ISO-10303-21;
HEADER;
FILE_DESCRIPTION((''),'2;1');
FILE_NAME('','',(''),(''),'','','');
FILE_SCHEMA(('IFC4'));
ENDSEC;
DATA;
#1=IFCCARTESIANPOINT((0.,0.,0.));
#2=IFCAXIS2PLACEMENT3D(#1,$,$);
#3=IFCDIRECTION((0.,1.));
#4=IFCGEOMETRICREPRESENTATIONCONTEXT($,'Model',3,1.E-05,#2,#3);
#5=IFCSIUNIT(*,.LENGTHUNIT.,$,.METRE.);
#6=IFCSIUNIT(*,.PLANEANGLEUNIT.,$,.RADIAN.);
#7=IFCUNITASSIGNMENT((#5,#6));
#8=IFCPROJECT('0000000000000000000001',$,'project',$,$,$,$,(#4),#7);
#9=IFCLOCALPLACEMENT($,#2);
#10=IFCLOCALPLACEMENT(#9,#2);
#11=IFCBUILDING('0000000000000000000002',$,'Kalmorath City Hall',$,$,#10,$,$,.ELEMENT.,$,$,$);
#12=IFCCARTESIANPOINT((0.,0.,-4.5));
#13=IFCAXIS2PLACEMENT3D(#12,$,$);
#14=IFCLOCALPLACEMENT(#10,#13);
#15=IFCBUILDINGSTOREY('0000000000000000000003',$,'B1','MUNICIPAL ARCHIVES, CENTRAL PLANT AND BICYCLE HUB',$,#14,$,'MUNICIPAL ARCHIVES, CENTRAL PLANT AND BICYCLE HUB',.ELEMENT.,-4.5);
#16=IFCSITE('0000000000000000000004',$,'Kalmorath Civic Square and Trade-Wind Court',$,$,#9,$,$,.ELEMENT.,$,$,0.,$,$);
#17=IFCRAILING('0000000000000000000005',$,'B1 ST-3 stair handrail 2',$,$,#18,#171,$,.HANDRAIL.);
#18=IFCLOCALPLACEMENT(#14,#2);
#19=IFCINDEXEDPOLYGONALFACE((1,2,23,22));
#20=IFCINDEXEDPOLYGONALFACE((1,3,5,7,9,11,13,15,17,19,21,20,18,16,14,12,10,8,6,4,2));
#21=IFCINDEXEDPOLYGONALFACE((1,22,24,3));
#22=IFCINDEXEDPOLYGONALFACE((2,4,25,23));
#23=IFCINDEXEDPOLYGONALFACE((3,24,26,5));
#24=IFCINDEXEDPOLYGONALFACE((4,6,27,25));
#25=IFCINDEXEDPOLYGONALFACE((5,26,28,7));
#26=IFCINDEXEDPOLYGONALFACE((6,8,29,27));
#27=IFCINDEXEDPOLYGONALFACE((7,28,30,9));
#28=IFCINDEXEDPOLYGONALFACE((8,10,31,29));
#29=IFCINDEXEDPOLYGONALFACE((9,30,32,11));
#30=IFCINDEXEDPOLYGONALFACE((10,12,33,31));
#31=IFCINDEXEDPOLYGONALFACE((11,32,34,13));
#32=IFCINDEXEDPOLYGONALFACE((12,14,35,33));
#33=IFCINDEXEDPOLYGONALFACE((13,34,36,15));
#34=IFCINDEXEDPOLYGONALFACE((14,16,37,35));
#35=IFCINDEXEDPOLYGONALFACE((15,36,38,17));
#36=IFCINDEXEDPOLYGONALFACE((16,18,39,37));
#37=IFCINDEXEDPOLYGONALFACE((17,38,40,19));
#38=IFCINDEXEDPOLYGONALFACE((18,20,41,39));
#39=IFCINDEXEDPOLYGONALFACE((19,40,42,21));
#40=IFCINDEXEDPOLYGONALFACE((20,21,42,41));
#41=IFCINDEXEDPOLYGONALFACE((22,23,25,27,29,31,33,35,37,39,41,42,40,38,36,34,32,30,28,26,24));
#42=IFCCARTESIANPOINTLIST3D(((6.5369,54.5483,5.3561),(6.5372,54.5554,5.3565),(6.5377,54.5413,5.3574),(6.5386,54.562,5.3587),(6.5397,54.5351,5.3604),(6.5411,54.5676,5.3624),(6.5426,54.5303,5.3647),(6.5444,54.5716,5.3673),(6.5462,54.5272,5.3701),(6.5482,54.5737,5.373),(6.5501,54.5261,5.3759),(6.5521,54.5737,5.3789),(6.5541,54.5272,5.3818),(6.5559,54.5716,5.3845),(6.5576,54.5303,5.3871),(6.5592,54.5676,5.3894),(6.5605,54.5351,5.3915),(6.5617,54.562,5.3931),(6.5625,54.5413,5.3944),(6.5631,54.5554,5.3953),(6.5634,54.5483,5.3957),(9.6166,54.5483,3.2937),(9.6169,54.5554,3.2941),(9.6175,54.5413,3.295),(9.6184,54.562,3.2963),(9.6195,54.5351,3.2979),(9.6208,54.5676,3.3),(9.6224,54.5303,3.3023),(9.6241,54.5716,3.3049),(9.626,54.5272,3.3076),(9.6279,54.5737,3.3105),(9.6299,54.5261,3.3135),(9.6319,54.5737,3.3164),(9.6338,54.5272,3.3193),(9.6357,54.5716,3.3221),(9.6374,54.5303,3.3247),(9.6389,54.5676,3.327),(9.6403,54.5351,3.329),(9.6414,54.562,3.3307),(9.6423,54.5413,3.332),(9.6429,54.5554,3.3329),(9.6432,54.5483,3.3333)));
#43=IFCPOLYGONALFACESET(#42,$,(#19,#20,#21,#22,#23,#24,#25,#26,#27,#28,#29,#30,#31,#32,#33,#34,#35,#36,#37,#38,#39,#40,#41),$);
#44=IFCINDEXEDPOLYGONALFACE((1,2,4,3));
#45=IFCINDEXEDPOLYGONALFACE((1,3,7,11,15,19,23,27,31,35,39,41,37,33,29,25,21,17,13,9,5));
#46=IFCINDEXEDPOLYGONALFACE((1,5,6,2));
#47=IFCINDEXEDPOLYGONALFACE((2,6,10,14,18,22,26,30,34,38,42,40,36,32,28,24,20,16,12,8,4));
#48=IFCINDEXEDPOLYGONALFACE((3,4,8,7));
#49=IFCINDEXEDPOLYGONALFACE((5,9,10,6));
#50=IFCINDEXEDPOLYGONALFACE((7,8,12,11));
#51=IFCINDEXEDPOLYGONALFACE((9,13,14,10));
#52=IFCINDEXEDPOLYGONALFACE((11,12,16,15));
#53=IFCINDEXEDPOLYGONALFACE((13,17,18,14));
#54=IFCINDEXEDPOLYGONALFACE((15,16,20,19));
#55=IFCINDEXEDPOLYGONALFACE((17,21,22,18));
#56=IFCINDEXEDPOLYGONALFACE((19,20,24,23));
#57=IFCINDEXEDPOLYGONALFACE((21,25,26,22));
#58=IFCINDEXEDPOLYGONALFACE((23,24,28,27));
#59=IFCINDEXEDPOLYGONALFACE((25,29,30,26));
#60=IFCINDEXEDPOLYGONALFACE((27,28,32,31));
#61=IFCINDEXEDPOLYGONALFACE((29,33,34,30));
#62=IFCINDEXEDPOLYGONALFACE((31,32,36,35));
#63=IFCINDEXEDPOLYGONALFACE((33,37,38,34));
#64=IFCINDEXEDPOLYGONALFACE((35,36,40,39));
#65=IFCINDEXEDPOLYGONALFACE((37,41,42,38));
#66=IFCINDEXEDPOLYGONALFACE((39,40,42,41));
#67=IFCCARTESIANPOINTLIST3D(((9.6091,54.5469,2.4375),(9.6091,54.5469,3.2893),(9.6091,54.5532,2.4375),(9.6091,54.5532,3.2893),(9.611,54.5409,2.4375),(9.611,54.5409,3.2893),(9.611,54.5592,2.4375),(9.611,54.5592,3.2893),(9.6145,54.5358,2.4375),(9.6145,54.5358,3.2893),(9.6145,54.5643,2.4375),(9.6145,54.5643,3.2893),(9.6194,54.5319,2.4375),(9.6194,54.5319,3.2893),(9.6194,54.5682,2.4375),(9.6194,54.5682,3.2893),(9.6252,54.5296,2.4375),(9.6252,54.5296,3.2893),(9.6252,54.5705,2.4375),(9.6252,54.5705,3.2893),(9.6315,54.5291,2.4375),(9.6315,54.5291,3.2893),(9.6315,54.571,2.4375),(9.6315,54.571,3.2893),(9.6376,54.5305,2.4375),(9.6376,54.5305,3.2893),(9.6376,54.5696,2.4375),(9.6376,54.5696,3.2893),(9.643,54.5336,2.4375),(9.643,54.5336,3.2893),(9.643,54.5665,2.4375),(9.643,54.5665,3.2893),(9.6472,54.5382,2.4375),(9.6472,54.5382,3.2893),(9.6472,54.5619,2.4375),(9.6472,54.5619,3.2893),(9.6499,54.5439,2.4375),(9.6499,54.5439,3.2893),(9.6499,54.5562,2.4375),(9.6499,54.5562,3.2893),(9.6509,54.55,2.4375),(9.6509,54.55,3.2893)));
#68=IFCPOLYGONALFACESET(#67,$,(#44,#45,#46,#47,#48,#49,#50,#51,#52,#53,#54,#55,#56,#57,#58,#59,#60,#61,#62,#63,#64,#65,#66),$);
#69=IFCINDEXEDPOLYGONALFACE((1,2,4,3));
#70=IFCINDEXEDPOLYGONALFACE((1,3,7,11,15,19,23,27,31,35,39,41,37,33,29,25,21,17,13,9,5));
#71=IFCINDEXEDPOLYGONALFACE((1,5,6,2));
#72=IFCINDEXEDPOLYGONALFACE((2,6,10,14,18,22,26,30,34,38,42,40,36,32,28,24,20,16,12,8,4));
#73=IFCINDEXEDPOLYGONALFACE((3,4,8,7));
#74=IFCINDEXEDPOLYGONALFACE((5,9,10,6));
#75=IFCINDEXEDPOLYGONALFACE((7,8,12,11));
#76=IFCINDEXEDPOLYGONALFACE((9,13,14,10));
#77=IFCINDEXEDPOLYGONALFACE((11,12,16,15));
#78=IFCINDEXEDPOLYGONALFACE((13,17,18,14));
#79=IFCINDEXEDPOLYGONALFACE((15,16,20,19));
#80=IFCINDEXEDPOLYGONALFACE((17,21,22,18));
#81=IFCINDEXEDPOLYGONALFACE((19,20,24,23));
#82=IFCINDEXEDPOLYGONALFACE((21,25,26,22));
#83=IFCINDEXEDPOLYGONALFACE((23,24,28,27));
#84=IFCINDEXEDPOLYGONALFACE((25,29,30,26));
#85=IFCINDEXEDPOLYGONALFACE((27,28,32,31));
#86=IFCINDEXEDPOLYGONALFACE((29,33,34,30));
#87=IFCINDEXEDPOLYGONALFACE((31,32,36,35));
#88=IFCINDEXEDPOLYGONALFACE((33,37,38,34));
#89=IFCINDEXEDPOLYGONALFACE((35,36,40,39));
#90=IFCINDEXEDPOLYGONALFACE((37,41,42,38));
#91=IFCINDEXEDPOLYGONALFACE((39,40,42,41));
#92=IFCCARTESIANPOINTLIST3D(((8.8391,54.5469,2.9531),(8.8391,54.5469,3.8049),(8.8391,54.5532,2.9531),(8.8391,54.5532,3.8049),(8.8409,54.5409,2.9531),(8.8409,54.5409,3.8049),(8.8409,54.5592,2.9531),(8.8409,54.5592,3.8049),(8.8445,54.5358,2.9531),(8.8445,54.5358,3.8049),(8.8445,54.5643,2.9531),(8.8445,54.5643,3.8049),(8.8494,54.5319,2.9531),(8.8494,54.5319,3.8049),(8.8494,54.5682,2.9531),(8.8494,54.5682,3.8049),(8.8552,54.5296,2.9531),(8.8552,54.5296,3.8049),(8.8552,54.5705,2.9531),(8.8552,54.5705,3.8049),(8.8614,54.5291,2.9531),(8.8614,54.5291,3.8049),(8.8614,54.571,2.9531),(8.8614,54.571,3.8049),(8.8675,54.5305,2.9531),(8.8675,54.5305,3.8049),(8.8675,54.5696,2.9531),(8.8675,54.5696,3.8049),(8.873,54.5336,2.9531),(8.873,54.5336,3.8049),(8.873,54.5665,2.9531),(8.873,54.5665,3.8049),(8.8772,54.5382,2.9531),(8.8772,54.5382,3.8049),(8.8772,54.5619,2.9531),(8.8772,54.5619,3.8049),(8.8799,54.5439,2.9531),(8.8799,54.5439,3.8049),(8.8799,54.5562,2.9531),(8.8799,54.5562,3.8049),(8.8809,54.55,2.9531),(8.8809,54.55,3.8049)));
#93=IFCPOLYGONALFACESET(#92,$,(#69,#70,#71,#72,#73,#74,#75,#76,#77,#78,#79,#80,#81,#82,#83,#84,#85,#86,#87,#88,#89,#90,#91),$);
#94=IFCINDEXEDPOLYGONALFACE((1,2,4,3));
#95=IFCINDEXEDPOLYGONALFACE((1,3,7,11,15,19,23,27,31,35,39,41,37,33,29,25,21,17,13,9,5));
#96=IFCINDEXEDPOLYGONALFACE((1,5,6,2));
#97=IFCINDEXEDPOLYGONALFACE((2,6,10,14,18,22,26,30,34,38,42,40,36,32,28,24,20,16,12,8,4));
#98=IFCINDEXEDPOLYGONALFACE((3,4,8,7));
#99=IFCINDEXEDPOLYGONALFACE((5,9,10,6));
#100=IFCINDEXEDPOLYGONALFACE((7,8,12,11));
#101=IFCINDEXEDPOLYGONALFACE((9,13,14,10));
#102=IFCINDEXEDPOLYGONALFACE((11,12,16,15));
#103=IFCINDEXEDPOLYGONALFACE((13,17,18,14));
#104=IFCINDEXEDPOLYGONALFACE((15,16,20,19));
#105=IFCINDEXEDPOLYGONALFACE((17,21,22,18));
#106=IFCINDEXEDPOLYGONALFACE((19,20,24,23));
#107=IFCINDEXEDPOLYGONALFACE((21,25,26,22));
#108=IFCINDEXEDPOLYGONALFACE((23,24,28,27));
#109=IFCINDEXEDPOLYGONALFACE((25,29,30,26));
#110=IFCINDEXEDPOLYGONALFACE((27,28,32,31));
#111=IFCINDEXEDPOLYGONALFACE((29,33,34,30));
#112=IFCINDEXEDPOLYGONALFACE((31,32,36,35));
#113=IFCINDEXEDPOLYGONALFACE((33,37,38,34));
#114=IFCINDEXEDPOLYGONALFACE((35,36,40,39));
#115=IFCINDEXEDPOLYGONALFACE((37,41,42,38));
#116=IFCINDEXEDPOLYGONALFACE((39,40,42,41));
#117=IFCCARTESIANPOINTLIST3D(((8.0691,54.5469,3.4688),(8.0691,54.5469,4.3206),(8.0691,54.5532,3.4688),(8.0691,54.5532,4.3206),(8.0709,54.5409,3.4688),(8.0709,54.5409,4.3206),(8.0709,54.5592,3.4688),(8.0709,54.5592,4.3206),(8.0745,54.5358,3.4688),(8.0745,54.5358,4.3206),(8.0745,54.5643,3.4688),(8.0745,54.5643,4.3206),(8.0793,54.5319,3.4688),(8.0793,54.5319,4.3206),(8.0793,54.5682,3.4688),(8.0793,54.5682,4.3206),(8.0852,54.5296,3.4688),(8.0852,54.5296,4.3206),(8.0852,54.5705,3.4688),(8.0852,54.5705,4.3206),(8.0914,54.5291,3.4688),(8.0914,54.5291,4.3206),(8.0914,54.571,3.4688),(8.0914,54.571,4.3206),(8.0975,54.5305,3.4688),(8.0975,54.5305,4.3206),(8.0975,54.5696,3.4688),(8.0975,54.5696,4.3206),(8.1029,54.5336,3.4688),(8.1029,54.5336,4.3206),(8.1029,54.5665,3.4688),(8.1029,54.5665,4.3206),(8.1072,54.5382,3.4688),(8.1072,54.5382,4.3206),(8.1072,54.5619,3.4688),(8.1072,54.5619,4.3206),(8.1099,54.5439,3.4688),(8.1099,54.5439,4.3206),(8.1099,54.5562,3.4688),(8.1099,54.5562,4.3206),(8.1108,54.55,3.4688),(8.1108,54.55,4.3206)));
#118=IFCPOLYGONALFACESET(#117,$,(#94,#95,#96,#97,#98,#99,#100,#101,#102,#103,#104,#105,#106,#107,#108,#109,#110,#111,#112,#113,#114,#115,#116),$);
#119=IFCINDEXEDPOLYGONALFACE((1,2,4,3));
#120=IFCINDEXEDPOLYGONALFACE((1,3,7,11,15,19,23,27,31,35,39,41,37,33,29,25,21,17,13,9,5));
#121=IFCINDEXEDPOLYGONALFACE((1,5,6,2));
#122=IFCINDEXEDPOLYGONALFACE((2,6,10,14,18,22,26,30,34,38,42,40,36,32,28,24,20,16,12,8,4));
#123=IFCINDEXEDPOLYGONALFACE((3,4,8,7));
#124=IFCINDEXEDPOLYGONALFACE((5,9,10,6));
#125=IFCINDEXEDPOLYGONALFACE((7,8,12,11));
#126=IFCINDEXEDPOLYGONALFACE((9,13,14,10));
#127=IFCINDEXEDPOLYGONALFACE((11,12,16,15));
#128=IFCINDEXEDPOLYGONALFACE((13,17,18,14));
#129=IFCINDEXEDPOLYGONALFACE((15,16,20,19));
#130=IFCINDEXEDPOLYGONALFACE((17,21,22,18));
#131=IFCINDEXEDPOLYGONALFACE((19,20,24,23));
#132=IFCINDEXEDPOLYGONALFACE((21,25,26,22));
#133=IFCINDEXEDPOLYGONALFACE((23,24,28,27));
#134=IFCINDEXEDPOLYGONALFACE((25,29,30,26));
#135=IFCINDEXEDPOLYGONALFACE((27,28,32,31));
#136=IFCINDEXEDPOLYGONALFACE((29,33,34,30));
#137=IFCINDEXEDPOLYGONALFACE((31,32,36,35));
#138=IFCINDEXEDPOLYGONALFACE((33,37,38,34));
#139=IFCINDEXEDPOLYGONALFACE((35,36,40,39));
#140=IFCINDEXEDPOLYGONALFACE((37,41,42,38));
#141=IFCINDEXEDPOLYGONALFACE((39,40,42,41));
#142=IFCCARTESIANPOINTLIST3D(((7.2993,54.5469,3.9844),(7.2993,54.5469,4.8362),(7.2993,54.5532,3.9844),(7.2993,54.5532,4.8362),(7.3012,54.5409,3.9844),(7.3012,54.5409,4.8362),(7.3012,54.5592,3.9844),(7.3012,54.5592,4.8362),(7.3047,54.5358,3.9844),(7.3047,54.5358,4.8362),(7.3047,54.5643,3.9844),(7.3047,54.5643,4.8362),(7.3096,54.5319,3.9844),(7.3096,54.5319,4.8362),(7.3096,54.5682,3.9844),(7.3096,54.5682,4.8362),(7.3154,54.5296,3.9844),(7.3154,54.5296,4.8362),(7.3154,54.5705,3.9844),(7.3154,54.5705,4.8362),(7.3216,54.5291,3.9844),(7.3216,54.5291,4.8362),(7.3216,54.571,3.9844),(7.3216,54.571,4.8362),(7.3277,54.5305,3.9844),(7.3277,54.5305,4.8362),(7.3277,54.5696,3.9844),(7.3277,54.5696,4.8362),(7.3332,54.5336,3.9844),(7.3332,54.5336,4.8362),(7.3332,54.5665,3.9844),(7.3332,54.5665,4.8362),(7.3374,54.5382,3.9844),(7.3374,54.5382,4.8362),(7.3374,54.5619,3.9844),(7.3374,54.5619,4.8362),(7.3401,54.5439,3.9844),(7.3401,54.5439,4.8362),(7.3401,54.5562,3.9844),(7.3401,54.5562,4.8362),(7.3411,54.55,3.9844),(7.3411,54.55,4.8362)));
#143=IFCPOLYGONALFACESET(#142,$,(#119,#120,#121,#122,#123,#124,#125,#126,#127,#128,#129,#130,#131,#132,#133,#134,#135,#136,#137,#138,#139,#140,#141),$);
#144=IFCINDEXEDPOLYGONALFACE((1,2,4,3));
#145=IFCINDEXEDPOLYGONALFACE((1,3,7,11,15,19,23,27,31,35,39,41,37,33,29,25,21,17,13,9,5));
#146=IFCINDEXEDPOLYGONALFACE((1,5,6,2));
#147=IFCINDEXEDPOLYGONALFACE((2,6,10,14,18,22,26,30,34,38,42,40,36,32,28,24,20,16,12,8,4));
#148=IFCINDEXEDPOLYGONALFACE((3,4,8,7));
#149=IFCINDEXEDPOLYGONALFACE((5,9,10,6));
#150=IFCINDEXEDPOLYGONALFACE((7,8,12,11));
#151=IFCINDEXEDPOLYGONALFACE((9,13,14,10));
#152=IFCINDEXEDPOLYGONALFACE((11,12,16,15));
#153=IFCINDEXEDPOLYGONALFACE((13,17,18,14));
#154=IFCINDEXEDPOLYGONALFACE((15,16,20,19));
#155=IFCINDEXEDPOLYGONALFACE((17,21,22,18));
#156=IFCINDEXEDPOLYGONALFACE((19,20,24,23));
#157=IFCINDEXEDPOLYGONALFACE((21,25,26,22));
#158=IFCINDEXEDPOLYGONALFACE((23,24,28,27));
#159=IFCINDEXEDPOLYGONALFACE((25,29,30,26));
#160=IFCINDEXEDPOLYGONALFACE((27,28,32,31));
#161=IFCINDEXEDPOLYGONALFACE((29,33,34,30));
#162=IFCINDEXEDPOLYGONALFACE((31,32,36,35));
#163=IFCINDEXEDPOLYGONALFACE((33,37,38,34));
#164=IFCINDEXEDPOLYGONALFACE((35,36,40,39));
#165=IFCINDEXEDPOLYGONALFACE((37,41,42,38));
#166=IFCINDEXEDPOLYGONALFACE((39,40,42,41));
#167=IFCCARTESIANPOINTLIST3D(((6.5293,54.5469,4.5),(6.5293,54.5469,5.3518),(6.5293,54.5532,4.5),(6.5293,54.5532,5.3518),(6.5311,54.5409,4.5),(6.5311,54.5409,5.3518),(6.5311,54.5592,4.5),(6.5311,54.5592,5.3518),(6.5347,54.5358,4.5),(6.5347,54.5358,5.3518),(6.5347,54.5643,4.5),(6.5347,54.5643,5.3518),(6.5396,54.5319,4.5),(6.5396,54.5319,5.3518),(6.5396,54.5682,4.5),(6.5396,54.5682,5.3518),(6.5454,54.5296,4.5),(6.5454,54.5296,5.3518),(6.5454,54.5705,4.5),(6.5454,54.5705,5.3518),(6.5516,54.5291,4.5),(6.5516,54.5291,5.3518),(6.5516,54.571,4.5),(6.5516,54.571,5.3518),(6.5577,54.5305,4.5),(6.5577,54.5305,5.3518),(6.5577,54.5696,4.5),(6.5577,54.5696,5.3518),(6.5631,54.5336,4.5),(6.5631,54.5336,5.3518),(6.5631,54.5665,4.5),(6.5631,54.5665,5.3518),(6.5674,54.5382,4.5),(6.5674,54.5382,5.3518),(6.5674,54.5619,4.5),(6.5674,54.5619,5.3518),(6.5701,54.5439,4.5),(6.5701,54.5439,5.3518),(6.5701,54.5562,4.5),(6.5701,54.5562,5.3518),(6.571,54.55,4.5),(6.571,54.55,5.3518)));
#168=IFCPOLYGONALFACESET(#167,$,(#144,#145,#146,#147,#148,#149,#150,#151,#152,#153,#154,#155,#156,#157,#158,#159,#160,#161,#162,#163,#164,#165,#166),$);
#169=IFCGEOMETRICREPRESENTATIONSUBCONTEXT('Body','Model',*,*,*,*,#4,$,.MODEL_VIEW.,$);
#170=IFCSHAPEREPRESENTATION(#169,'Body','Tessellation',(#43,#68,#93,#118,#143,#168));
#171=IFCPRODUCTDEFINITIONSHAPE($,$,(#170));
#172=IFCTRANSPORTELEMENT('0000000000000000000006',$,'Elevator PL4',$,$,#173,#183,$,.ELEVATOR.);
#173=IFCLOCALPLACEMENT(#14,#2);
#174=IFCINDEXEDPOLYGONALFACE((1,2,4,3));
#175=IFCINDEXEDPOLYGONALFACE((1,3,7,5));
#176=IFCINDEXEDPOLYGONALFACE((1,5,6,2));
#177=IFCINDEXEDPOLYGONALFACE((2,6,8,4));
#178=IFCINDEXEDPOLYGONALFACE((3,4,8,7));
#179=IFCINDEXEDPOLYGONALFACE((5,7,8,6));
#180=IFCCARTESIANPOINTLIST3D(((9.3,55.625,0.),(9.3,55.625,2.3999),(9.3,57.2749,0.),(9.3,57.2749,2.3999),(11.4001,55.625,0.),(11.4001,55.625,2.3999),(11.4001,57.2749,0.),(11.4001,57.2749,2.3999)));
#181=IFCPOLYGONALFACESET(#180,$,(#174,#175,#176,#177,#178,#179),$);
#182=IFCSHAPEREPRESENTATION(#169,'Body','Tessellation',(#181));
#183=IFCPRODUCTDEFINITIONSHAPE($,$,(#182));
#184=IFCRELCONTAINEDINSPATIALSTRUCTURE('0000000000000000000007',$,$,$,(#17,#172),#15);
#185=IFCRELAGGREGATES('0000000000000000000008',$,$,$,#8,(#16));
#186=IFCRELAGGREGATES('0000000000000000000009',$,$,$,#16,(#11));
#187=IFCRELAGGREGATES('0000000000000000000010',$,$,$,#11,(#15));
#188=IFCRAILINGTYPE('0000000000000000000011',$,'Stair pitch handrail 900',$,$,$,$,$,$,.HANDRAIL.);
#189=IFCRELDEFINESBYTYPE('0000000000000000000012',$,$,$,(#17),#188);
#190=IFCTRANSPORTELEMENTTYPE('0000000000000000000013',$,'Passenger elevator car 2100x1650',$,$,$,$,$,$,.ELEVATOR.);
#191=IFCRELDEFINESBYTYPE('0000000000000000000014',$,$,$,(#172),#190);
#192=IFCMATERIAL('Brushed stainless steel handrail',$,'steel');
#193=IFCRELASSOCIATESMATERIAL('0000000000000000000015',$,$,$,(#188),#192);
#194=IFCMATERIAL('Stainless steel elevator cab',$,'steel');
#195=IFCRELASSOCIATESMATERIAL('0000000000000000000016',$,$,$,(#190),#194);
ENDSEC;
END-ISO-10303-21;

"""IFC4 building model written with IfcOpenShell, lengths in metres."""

from ifc_helpers import new_model, si_unit, direction, frame, origin, origin_2d, place, context, subcontext, project, spatial, rectangle, circle, extrude, material, type_object, element, save


model = new_model("IFC4")

# Units and contexts
model_context = context("Model", 3, precision=1e-05, world=origin(), true_north=direction((0.0, 1.0)))
body_context = subcontext(model_context, "Body", "Model", "MODEL_VIEW")
ifc_project = project(units=[si_unit("LENGTHUNIT", "METRE"), si_unit("PLANEANGLEUNIT", "RADIAN")], contexts=[model_context])

# Site, building, storey
site_placement = place(None, origin())
site = spatial("IfcSite", under=ifc_project, at=site_placement, Name="Kalmorath Civic Square and Trade-Wind Court", CompositionType="ELEMENT", RefElevation=0.0)
building_placement = place(site_placement, origin())
building = spatial("IfcBuilding", under=site, at=building_placement, Name="Kalmorath City Hall", CompositionType="ELEMENT")
storey_placement = place(building_placement, frame((0.0, 0.0, -4.5)))
storey = spatial("IfcBuildingStorey", under=building, at=storey_placement, Name="B1", Description="MUNICIPAL ARCHIVES, CENTRAL PLANT AND BICYCLE HUB", LongName="MUNICIPAL ARCHIVES, CENTRAL PLANT AND BICYCLE HUB", CompositionType="ELEMENT", Elevation=-4.5)

# Railing
ifc_material_1 = material(Name="Brushed stainless steel handrail", Category="steel")
railing_type_1 = type_object("IfcRailingType", Name="Stair pitch handrail 900", PredefinedType="HANDRAIL", material=ifc_material_1)
railing_1_placement = place(storey_placement, frame((9.6299, 54.55, 2.4375)))
element("IfcRailing", 1, at=railing_1_placement, inside=storey, type_object=railing_type_1, Name="B1 ST-3 stair handrail 2", PredefinedType="HANDRAIL", context=body_context, shape_type="SweptSolid", body=[
    extrude(circle(Radius=0.0239, at=origin_2d()), frame((0.0, 0.0, 0.876), z_axis=(-0.830893, 0.0, 0.556432), x_axis=(0.0, -1.0, 0.0)), (0.0, 0.0, 1.0), 3.7065),
    extrude(circle(Radius=0.021, at=origin_2d()), origin(), (0.0, 0.0, 1.0), 0.8518),
    extrude(circle(Radius=0.021, at=origin_2d()), frame((-0.77, 0.0, 0.5156)), (0.0, 0.0, 1.0), 0.8518),
    extrude(circle(Radius=0.021, at=origin_2d()), frame((-1.54, 0.0, 1.0312)), (0.0, 0.0, 1.0), 0.8518),
    extrude(circle(Radius=0.021, at=origin_2d()), frame((-2.3098, 0.0, 1.5469)), (0.0, 0.0, 1.0), 0.8518),
    extrude(circle(Radius=0.021, at=origin_2d()), frame((-3.0798, 0.0, 2.0625)), (0.0, 0.0, 1.0), 0.8518),
])

# Transport element
ifc_material_2 = material(Name="Stainless steel elevator cab", Category="steel")
transport_element_type = type_object("IfcTransportElementType", Name="Passenger elevator car 2100x1650", PredefinedType="ELEVATOR", material=ifc_material_2)
transport_element_placement = place(storey_placement, frame((10.3501, 56.45, 0.0), z_axis=(0.0, 0.0, 1.0), x_axis=(1.0, 0.0, 0.0)))
element("IfcTransportElement", 2, at=transport_element_placement, inside=storey, type_object=transport_element_type, Name="Elevator PL4", PredefinedType="ELEVATOR", context=body_context, shape_type="SweptSolid", body=[
    extrude(rectangle(XDim=2.1001, YDim=1.6499, at=origin_2d()), origin(), (0.0, 0.0, 1.0), 2.3999),
])

save(model, "model.ifc")
